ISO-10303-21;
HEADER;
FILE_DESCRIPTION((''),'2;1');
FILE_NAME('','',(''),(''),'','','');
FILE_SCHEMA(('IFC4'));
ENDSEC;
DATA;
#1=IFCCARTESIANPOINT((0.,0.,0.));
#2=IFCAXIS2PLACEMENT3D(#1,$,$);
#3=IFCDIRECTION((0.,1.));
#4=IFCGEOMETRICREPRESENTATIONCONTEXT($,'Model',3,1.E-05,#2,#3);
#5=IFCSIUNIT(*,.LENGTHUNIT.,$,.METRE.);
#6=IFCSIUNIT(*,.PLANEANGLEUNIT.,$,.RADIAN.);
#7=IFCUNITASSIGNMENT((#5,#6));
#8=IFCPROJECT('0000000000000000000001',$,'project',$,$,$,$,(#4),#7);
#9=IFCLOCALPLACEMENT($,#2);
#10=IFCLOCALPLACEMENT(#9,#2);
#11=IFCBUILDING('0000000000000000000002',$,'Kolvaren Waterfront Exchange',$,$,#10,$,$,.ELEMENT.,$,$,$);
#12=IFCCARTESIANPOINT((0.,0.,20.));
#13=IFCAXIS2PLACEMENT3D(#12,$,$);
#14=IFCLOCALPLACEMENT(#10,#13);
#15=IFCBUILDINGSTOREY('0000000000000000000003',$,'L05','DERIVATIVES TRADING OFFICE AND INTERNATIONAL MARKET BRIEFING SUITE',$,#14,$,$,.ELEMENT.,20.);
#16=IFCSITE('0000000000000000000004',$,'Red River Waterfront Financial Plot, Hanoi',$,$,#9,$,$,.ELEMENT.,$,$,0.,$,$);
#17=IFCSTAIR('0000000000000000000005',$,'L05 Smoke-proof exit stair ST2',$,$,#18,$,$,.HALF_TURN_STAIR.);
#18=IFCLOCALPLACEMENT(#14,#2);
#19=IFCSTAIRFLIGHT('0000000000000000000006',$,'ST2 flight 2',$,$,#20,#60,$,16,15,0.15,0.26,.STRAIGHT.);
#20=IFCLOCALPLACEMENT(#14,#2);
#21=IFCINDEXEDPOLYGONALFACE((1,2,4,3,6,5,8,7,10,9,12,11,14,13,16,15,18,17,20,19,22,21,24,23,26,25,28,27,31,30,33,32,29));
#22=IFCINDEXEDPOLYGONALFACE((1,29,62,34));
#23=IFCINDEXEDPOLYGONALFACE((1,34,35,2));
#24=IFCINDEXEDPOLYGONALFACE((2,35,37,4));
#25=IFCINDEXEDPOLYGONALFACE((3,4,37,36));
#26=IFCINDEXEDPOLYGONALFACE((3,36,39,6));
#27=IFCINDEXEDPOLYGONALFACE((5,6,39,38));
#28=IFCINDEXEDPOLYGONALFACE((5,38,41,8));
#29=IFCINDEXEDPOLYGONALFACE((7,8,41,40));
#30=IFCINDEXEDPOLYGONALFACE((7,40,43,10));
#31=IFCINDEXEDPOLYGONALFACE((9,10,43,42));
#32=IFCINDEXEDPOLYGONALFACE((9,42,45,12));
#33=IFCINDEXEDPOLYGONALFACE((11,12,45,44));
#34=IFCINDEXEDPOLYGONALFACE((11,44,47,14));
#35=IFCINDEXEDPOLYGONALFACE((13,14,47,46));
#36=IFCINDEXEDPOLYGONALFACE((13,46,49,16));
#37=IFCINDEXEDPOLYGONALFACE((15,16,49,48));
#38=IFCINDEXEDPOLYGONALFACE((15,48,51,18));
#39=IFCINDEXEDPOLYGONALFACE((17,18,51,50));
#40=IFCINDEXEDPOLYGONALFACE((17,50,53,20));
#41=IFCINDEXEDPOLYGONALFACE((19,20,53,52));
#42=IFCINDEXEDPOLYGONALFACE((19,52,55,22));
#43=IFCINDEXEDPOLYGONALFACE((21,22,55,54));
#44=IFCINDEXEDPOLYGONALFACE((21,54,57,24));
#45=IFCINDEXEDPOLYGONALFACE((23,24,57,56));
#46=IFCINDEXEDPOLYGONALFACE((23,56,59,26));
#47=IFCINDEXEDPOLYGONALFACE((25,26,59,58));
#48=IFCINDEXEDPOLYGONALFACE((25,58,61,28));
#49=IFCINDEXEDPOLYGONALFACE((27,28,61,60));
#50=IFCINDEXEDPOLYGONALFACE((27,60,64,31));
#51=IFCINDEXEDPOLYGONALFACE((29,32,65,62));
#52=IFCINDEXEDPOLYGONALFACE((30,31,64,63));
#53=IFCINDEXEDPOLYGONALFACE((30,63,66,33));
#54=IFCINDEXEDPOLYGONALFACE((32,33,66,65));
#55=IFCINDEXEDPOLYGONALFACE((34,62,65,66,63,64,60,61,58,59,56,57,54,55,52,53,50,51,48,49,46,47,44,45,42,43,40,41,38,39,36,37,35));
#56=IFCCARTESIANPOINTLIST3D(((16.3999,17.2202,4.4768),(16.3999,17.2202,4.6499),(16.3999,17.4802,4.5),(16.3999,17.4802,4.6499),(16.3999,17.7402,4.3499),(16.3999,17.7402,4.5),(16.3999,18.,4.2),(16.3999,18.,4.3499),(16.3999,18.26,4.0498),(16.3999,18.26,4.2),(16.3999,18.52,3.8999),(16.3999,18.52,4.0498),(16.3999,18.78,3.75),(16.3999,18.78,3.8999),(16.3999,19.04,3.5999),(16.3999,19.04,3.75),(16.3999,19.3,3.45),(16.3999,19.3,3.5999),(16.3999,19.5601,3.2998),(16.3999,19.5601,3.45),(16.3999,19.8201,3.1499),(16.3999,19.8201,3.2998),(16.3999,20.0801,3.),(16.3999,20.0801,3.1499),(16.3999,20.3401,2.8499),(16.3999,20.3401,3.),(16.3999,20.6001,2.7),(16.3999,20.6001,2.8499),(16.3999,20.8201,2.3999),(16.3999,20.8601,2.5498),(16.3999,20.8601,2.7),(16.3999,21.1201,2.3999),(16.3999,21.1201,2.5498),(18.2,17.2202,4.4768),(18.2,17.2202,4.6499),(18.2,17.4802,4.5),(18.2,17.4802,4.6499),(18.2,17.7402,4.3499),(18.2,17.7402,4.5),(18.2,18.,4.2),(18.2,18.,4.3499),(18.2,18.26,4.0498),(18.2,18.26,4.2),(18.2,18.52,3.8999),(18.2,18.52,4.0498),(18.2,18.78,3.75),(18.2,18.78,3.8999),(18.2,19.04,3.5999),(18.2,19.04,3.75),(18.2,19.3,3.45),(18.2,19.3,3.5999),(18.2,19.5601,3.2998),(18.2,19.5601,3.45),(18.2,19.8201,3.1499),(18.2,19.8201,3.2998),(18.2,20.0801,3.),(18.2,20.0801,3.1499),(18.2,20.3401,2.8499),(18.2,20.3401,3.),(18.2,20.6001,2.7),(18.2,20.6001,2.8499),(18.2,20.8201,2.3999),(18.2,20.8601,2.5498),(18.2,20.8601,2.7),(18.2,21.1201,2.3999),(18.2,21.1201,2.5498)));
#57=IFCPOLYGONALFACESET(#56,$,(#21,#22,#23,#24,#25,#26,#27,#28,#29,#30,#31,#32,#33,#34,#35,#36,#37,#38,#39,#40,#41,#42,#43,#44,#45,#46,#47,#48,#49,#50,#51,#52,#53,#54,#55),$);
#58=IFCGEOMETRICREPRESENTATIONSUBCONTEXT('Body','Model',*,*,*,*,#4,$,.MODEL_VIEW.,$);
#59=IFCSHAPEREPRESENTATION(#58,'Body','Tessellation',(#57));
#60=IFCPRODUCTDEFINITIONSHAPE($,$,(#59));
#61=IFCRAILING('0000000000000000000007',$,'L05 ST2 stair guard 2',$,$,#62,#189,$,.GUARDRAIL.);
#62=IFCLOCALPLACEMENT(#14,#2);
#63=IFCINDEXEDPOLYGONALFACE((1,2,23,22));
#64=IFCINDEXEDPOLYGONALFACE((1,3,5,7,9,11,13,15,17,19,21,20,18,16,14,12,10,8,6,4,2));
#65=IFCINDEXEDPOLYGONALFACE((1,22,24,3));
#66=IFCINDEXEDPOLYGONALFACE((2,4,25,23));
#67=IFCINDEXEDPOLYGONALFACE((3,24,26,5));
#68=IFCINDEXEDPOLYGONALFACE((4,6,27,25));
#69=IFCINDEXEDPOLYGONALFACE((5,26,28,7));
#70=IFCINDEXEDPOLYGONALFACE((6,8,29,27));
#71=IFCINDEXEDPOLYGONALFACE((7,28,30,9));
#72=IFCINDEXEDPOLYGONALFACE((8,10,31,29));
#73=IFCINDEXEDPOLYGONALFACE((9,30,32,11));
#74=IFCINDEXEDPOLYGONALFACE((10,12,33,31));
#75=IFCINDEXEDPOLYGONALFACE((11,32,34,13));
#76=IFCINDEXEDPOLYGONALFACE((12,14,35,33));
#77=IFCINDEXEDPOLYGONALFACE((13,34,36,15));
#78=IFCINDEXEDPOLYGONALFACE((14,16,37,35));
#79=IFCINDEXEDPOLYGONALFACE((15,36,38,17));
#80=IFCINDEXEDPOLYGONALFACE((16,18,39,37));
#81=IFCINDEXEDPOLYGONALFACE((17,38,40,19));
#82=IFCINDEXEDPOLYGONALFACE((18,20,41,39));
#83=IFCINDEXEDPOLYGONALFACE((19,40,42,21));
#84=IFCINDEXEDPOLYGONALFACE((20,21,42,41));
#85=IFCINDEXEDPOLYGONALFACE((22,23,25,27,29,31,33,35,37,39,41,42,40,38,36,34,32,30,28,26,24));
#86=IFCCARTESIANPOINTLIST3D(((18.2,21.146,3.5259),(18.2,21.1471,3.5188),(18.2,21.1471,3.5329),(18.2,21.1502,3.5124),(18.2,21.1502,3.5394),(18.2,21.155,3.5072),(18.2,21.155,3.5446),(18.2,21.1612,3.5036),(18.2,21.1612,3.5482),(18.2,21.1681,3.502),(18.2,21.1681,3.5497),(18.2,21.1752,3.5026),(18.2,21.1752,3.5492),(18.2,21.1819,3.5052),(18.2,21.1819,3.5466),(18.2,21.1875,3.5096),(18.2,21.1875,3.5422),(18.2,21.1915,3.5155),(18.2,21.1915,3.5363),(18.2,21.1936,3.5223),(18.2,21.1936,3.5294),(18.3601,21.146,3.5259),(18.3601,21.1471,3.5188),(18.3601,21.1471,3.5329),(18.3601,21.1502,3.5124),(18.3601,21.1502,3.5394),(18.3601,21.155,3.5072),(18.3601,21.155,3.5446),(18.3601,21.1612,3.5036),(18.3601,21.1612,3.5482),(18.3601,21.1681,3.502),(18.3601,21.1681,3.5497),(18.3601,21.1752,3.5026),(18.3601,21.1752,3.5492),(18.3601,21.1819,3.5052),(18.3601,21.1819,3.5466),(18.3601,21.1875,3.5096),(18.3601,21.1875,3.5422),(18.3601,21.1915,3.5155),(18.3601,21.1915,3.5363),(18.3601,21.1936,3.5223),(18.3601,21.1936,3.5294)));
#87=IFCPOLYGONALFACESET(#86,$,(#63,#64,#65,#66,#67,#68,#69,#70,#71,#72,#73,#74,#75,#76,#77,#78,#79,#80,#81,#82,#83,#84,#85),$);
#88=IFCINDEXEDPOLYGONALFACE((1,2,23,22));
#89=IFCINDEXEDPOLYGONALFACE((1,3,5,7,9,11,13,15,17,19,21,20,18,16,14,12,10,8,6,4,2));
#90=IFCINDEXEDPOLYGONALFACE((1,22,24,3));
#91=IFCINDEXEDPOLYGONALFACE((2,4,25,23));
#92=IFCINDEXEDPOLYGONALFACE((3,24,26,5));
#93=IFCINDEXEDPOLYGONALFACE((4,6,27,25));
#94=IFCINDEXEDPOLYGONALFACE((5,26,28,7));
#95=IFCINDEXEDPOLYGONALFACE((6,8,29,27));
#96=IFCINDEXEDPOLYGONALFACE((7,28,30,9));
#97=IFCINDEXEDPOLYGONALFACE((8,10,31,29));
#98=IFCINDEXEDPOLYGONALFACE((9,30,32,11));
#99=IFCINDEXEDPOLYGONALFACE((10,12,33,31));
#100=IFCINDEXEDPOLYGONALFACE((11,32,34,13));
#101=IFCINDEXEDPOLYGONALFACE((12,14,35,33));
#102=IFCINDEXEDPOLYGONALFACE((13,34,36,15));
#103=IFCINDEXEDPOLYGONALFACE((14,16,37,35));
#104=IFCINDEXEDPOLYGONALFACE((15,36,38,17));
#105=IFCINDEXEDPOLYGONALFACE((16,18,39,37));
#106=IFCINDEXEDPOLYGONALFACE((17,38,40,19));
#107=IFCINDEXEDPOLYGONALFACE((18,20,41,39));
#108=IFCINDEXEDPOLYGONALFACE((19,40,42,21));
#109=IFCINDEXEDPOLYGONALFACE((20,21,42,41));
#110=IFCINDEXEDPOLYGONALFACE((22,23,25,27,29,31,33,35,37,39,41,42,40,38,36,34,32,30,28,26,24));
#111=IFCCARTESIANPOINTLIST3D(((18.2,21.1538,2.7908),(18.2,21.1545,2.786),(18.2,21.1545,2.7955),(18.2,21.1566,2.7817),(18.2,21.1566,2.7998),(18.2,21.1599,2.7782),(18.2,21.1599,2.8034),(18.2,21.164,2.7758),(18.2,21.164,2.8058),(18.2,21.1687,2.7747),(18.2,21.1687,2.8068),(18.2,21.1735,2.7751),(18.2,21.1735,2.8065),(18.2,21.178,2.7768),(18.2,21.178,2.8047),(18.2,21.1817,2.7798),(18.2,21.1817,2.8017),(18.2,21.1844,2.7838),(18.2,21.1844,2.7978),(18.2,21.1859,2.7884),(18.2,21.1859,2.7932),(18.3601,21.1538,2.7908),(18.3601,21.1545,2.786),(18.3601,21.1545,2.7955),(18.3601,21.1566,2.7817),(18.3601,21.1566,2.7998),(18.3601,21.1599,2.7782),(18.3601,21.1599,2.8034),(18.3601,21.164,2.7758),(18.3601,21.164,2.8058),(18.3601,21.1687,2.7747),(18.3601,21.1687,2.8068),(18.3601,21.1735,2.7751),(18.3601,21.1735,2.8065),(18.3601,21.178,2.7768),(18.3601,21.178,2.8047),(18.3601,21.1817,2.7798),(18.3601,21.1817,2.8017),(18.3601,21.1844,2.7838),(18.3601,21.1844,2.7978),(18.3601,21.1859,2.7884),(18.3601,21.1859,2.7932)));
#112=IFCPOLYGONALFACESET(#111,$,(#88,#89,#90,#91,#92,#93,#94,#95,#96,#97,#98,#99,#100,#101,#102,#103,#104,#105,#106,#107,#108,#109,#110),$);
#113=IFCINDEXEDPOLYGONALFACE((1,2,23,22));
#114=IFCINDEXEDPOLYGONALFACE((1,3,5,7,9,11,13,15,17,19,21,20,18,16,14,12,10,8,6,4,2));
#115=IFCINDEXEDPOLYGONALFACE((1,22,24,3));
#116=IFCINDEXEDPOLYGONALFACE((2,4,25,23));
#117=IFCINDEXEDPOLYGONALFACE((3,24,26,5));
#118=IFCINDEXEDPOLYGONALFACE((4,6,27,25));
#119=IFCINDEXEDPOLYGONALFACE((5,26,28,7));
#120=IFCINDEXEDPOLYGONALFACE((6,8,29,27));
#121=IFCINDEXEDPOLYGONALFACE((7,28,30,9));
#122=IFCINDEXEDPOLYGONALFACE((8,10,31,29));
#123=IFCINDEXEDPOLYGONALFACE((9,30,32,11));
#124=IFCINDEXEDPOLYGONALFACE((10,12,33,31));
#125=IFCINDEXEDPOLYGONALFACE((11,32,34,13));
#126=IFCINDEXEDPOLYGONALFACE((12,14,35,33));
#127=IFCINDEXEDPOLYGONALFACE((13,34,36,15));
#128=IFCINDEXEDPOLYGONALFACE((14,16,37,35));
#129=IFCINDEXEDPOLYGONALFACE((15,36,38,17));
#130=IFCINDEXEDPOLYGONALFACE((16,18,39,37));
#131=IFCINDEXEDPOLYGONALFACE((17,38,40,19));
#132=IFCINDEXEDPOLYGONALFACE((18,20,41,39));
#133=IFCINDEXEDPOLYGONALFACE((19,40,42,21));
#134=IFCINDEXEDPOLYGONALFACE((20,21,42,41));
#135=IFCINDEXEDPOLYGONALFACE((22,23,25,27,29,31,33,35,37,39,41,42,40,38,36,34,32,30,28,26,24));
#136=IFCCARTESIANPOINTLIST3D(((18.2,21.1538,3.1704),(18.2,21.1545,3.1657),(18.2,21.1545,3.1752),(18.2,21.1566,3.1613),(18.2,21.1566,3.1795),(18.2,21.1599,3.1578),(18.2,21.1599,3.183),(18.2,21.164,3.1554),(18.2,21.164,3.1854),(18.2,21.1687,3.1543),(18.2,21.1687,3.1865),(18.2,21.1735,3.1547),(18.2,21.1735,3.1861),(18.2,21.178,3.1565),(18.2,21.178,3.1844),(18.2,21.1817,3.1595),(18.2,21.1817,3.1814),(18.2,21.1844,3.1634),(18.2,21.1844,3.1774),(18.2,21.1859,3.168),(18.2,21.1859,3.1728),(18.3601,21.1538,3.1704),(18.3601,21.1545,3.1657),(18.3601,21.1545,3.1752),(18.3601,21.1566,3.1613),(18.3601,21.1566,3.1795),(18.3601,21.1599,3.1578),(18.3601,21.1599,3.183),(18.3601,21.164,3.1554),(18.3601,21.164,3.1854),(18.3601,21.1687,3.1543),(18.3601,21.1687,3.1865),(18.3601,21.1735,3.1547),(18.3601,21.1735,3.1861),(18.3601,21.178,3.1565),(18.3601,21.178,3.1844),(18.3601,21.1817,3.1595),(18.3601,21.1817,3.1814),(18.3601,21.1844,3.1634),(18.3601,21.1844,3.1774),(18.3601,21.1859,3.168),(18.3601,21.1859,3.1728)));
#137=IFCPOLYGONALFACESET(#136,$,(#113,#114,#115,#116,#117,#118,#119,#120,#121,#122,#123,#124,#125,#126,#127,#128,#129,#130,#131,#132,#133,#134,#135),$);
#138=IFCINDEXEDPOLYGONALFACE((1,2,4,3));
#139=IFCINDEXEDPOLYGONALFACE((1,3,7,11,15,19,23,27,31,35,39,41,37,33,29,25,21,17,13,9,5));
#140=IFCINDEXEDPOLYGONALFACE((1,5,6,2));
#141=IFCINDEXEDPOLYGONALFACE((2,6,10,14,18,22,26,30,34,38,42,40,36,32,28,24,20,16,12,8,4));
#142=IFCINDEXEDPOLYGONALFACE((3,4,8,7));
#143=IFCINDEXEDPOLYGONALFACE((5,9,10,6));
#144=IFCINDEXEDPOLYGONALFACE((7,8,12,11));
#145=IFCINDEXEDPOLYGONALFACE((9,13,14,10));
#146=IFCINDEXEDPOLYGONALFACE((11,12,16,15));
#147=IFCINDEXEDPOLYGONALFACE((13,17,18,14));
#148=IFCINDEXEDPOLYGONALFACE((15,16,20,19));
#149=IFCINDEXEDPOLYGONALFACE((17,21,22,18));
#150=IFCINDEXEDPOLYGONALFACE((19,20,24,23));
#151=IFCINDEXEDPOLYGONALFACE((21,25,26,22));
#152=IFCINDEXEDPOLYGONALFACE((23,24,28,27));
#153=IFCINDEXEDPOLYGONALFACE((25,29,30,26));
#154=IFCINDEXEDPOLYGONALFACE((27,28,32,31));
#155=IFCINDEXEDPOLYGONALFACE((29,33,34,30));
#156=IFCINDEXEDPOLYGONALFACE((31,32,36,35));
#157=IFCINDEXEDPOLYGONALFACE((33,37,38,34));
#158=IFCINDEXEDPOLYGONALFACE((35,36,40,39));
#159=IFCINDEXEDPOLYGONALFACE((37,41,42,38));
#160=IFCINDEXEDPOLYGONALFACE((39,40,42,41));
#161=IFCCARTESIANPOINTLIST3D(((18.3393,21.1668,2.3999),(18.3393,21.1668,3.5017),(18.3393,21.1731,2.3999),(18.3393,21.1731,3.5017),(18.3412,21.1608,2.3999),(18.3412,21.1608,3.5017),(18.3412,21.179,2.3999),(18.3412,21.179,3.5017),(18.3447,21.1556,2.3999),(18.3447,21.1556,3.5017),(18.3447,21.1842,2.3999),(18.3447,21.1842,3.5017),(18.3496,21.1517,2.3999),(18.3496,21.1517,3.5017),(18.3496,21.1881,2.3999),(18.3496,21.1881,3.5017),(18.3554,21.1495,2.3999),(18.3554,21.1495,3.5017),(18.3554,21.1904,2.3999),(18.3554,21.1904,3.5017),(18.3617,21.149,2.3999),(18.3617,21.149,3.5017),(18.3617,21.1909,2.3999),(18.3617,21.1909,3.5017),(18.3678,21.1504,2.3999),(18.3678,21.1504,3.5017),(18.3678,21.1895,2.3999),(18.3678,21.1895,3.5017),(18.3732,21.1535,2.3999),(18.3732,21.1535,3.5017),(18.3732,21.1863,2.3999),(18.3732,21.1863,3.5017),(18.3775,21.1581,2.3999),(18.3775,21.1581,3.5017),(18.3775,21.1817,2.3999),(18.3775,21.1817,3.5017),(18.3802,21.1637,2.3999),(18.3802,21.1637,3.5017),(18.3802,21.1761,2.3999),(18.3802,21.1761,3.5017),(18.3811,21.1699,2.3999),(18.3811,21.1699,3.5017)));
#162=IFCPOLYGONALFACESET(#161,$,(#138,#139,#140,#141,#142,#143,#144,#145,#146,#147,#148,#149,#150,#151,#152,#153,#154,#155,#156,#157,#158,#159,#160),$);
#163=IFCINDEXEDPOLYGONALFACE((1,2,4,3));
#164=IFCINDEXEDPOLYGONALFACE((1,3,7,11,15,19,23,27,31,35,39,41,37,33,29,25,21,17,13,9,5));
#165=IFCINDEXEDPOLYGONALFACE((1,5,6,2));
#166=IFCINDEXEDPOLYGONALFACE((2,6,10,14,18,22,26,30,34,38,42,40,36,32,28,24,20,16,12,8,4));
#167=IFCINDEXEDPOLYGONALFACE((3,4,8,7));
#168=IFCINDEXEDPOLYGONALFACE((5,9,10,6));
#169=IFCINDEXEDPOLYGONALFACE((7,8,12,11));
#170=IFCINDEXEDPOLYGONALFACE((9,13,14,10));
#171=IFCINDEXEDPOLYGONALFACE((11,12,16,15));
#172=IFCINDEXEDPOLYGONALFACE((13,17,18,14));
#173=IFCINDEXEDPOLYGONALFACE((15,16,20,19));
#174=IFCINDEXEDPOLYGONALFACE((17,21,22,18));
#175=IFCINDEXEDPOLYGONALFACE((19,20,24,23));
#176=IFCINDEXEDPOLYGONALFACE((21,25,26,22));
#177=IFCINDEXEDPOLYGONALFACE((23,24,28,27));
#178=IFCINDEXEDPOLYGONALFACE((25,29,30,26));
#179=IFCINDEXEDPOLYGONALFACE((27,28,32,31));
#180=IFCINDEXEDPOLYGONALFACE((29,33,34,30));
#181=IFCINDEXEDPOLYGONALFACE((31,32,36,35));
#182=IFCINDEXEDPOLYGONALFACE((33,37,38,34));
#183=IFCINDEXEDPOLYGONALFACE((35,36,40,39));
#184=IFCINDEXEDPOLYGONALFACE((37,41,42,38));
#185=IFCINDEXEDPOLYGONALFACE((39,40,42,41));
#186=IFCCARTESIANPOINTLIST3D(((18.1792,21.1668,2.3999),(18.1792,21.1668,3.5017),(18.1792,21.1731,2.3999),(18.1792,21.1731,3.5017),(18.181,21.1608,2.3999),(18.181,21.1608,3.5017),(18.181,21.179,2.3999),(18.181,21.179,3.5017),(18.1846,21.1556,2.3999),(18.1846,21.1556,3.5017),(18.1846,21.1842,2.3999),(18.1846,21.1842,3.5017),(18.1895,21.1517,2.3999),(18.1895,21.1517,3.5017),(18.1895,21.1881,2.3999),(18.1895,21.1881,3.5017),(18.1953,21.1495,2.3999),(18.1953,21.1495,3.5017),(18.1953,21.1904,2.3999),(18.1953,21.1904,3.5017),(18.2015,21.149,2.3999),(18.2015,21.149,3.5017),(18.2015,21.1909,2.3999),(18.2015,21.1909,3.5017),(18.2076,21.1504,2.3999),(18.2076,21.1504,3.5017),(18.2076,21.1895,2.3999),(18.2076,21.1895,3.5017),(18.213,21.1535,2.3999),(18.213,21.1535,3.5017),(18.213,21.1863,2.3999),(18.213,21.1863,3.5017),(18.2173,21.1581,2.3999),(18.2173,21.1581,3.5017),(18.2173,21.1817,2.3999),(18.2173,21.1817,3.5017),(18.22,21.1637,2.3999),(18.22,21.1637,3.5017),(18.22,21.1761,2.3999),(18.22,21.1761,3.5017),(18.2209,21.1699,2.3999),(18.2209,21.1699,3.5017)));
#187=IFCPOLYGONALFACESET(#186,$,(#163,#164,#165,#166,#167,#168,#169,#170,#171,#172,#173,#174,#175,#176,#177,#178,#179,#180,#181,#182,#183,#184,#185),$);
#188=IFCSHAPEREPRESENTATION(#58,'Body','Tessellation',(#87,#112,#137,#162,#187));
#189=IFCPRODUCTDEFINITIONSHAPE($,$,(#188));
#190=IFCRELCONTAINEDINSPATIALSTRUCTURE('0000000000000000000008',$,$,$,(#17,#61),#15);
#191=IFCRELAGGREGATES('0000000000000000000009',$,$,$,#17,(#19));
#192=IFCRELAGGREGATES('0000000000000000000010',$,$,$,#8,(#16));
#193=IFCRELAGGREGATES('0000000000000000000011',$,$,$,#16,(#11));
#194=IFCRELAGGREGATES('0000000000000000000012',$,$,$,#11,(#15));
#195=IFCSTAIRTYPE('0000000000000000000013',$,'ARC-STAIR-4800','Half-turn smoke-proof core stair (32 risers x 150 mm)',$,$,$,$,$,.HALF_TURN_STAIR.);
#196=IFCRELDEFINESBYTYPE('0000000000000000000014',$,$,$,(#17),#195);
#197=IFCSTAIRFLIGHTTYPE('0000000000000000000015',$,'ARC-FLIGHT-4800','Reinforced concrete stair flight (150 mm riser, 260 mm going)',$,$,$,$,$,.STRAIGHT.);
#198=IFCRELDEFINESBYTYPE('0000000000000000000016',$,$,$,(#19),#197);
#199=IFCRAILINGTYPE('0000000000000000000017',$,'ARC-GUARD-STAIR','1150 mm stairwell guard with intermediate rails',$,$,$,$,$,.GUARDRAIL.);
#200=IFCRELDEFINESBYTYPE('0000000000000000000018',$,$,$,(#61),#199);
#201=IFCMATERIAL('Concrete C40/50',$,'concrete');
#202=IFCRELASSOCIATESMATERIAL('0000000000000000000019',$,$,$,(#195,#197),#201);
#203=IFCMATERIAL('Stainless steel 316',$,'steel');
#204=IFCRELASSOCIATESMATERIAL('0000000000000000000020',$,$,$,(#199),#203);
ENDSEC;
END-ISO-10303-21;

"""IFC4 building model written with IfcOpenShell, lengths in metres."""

from ifc_helpers import new_model, si_unit, direction, frame, origin, origin_2d, place, context, subcontext, project, spatial, polyline, circle, outline, extrude, material, type_object, element, aggregate, save


model = new_model("IFC4")

# Units and contexts
model_context = context("Model", 3, precision=1e-05, world=origin(), true_north=direction((0.0, 1.0)))
body_context = subcontext(model_context, "Body", "Model", "MODEL_VIEW")
ifc_project = project(units=[si_unit("LENGTHUNIT", "METRE"), si_unit("PLANEANGLEUNIT", "RADIAN")], contexts=[model_context])

# Site, building, storey
site_placement = place(None, origin())
site = spatial("IfcSite", under=ifc_project, at=site_placement, Name="Red River Waterfront Financial Plot, Hanoi", CompositionType="ELEMENT", RefElevation=0.0)
building_placement = place(site_placement, origin())
building = spatial("IfcBuilding", under=site, at=building_placement, Name="Kolvaren Waterfront Exchange", CompositionType="ELEMENT")
storey_placement = place(building_placement, frame((0.0, 0.0, 20.0)))
storey = spatial("IfcBuildingStorey", under=building, at=storey_placement, Name="L05", Description="DERIVATIVES TRADING OFFICE AND INTERNATIONAL MARKET BRIEFING SUITE", CompositionType="ELEMENT", Elevation=20.0)

# Stair, stair flight
ifc_material_1 = material(Name="Concrete C40/50", Category="concrete")
stair_type = type_object("IfcStairType", Name="ARC-STAIR-4800", Description="Half-turn smoke-proof core stair (32 risers x 150 mm)", PredefinedType="HALF_TURN_STAIR", material=ifc_material_1)
stair_placement = place(storey_placement, origin())
stair = element("IfcStair", 1, at=stair_placement, inside=storey, type_object=stair_type, Name="L05 Smoke-proof exit stair ST2", PredefinedType="HALF_TURN_STAIR")
stair_flight_type = type_object("IfcStairFlightType", Name="ARC-FLIGHT-4800", Description="Reinforced concrete stair flight (150 mm riser, 260 mm going)", PredefinedType="STRAIGHT", material=ifc_material_1)
stair_flight_1_placement = place(storey_placement, frame((17.3, 21.1201, 2.3999), z_axis=(0.0, 0.0, 1.0), x_axis=(0.0, -1.0, 0.0)))
stair_flight_1 = element("IfcStairFlight", 2, at=stair_flight_1_placement, type_object=stair_flight_type, Name="ST2 flight 2", NumberOfRisers=16, NumberOfTreads=15, PredefinedType="STRAIGHT", RiserHeight=0.15, TreadLength=0.26, context=body_context, shape_type="SweptSolid", body=[
    extrude(outline(polyline([(0.0, 0.0), (0.0, 0.1499), (0.26, 0.1499), (0.26, 0.3), (0.52, 0.3), (0.52, 0.45), (0.78, 0.45), (0.78, 0.6001), (1.04, 0.6001), (1.04, 0.75), (1.3, 0.75), (1.3, 0.8999), (1.5601, 0.8999), (1.5601, 1.05), (1.8201, 1.05), (1.8201, 1.2), (2.0801, 1.2), (2.0801, 1.3501), (2.3401, 1.3501), (2.3401, 1.5), (2.6001, 1.5), (2.6001, 1.6499), (2.8601, 1.6499), (2.8601, 1.8), (3.1201, 1.8), (3.1201, 1.95), (3.3799, 1.95), (3.3799, 2.1001), (3.6399, 2.1001), (3.6399, 2.25), (3.8999, 2.25), (3.8999, 2.3999), (3.8999, 2.0769), (0.3, 0.0), (0.0, 0.0)])), frame((0.0, 0.8999, 0.0), z_axis=(0.0, -1.0, 0.0), x_axis=(1.0, 0.0, 0.0)), (0.0, 0.0, 1.0), 1.8),
])
aggregate(stair, [stair_flight_1])

# Railing
ifc_material_2 = material(Name="Stainless steel 316", Category="steel")
railing_type_1 = type_object("IfcRailingType", Name="ARC-GUARD-STAIR", Description="1150 mm stairwell guard with intermediate rails", PredefinedType="GUARDRAIL", material=ifc_material_2)
railing_1_placement = place(storey_placement, frame((18.3601, 21.1699, 2.3999)))
element("IfcRailing", 3, at=railing_1_placement, inside=storey, type_object=railing_type_1, Name="L05 ST2 stair guard 2", PredefinedType="GUARDRAIL", context=body_context, shape_type="SweptSolid", body=[
    extrude(circle(Radius=0.0239, at=origin_2d()), frame((0.0, 0.0, 1.126), z_axis=(-1.0, 0.0, 0.0), x_axis=(0.0, -1.0, 0.0)), (0.0, 0.0, 1.0), 0.1602),
    extrude(circle(Radius=0.0161, at=origin_2d()), frame((0.0, 0.0, 0.3909), z_axis=(-1.0, 0.0, 0.0), x_axis=(0.0, -1.0, 0.0)), (0.0, 0.0, 1.0), 0.1602),
    extrude(circle(Radius=0.0161, at=origin_2d()), frame((0.0, 0.0, 0.7705), z_axis=(-1.0, 0.0, 0.0), x_axis=(0.0, -1.0, 0.0)), (0.0, 0.0, 1.0), 0.1602),
    extrude(circle(Radius=0.021, at=origin_2d()), origin(), (0.0, 0.0, 1.0), 1.1018),
    extrude(circle(Radius=0.021, at=origin_2d()), frame((-0.1602, 0.0, 0.0)), (0.0, 0.0, 1.0), 1.1018),
])

save(model, "model.ifc")
